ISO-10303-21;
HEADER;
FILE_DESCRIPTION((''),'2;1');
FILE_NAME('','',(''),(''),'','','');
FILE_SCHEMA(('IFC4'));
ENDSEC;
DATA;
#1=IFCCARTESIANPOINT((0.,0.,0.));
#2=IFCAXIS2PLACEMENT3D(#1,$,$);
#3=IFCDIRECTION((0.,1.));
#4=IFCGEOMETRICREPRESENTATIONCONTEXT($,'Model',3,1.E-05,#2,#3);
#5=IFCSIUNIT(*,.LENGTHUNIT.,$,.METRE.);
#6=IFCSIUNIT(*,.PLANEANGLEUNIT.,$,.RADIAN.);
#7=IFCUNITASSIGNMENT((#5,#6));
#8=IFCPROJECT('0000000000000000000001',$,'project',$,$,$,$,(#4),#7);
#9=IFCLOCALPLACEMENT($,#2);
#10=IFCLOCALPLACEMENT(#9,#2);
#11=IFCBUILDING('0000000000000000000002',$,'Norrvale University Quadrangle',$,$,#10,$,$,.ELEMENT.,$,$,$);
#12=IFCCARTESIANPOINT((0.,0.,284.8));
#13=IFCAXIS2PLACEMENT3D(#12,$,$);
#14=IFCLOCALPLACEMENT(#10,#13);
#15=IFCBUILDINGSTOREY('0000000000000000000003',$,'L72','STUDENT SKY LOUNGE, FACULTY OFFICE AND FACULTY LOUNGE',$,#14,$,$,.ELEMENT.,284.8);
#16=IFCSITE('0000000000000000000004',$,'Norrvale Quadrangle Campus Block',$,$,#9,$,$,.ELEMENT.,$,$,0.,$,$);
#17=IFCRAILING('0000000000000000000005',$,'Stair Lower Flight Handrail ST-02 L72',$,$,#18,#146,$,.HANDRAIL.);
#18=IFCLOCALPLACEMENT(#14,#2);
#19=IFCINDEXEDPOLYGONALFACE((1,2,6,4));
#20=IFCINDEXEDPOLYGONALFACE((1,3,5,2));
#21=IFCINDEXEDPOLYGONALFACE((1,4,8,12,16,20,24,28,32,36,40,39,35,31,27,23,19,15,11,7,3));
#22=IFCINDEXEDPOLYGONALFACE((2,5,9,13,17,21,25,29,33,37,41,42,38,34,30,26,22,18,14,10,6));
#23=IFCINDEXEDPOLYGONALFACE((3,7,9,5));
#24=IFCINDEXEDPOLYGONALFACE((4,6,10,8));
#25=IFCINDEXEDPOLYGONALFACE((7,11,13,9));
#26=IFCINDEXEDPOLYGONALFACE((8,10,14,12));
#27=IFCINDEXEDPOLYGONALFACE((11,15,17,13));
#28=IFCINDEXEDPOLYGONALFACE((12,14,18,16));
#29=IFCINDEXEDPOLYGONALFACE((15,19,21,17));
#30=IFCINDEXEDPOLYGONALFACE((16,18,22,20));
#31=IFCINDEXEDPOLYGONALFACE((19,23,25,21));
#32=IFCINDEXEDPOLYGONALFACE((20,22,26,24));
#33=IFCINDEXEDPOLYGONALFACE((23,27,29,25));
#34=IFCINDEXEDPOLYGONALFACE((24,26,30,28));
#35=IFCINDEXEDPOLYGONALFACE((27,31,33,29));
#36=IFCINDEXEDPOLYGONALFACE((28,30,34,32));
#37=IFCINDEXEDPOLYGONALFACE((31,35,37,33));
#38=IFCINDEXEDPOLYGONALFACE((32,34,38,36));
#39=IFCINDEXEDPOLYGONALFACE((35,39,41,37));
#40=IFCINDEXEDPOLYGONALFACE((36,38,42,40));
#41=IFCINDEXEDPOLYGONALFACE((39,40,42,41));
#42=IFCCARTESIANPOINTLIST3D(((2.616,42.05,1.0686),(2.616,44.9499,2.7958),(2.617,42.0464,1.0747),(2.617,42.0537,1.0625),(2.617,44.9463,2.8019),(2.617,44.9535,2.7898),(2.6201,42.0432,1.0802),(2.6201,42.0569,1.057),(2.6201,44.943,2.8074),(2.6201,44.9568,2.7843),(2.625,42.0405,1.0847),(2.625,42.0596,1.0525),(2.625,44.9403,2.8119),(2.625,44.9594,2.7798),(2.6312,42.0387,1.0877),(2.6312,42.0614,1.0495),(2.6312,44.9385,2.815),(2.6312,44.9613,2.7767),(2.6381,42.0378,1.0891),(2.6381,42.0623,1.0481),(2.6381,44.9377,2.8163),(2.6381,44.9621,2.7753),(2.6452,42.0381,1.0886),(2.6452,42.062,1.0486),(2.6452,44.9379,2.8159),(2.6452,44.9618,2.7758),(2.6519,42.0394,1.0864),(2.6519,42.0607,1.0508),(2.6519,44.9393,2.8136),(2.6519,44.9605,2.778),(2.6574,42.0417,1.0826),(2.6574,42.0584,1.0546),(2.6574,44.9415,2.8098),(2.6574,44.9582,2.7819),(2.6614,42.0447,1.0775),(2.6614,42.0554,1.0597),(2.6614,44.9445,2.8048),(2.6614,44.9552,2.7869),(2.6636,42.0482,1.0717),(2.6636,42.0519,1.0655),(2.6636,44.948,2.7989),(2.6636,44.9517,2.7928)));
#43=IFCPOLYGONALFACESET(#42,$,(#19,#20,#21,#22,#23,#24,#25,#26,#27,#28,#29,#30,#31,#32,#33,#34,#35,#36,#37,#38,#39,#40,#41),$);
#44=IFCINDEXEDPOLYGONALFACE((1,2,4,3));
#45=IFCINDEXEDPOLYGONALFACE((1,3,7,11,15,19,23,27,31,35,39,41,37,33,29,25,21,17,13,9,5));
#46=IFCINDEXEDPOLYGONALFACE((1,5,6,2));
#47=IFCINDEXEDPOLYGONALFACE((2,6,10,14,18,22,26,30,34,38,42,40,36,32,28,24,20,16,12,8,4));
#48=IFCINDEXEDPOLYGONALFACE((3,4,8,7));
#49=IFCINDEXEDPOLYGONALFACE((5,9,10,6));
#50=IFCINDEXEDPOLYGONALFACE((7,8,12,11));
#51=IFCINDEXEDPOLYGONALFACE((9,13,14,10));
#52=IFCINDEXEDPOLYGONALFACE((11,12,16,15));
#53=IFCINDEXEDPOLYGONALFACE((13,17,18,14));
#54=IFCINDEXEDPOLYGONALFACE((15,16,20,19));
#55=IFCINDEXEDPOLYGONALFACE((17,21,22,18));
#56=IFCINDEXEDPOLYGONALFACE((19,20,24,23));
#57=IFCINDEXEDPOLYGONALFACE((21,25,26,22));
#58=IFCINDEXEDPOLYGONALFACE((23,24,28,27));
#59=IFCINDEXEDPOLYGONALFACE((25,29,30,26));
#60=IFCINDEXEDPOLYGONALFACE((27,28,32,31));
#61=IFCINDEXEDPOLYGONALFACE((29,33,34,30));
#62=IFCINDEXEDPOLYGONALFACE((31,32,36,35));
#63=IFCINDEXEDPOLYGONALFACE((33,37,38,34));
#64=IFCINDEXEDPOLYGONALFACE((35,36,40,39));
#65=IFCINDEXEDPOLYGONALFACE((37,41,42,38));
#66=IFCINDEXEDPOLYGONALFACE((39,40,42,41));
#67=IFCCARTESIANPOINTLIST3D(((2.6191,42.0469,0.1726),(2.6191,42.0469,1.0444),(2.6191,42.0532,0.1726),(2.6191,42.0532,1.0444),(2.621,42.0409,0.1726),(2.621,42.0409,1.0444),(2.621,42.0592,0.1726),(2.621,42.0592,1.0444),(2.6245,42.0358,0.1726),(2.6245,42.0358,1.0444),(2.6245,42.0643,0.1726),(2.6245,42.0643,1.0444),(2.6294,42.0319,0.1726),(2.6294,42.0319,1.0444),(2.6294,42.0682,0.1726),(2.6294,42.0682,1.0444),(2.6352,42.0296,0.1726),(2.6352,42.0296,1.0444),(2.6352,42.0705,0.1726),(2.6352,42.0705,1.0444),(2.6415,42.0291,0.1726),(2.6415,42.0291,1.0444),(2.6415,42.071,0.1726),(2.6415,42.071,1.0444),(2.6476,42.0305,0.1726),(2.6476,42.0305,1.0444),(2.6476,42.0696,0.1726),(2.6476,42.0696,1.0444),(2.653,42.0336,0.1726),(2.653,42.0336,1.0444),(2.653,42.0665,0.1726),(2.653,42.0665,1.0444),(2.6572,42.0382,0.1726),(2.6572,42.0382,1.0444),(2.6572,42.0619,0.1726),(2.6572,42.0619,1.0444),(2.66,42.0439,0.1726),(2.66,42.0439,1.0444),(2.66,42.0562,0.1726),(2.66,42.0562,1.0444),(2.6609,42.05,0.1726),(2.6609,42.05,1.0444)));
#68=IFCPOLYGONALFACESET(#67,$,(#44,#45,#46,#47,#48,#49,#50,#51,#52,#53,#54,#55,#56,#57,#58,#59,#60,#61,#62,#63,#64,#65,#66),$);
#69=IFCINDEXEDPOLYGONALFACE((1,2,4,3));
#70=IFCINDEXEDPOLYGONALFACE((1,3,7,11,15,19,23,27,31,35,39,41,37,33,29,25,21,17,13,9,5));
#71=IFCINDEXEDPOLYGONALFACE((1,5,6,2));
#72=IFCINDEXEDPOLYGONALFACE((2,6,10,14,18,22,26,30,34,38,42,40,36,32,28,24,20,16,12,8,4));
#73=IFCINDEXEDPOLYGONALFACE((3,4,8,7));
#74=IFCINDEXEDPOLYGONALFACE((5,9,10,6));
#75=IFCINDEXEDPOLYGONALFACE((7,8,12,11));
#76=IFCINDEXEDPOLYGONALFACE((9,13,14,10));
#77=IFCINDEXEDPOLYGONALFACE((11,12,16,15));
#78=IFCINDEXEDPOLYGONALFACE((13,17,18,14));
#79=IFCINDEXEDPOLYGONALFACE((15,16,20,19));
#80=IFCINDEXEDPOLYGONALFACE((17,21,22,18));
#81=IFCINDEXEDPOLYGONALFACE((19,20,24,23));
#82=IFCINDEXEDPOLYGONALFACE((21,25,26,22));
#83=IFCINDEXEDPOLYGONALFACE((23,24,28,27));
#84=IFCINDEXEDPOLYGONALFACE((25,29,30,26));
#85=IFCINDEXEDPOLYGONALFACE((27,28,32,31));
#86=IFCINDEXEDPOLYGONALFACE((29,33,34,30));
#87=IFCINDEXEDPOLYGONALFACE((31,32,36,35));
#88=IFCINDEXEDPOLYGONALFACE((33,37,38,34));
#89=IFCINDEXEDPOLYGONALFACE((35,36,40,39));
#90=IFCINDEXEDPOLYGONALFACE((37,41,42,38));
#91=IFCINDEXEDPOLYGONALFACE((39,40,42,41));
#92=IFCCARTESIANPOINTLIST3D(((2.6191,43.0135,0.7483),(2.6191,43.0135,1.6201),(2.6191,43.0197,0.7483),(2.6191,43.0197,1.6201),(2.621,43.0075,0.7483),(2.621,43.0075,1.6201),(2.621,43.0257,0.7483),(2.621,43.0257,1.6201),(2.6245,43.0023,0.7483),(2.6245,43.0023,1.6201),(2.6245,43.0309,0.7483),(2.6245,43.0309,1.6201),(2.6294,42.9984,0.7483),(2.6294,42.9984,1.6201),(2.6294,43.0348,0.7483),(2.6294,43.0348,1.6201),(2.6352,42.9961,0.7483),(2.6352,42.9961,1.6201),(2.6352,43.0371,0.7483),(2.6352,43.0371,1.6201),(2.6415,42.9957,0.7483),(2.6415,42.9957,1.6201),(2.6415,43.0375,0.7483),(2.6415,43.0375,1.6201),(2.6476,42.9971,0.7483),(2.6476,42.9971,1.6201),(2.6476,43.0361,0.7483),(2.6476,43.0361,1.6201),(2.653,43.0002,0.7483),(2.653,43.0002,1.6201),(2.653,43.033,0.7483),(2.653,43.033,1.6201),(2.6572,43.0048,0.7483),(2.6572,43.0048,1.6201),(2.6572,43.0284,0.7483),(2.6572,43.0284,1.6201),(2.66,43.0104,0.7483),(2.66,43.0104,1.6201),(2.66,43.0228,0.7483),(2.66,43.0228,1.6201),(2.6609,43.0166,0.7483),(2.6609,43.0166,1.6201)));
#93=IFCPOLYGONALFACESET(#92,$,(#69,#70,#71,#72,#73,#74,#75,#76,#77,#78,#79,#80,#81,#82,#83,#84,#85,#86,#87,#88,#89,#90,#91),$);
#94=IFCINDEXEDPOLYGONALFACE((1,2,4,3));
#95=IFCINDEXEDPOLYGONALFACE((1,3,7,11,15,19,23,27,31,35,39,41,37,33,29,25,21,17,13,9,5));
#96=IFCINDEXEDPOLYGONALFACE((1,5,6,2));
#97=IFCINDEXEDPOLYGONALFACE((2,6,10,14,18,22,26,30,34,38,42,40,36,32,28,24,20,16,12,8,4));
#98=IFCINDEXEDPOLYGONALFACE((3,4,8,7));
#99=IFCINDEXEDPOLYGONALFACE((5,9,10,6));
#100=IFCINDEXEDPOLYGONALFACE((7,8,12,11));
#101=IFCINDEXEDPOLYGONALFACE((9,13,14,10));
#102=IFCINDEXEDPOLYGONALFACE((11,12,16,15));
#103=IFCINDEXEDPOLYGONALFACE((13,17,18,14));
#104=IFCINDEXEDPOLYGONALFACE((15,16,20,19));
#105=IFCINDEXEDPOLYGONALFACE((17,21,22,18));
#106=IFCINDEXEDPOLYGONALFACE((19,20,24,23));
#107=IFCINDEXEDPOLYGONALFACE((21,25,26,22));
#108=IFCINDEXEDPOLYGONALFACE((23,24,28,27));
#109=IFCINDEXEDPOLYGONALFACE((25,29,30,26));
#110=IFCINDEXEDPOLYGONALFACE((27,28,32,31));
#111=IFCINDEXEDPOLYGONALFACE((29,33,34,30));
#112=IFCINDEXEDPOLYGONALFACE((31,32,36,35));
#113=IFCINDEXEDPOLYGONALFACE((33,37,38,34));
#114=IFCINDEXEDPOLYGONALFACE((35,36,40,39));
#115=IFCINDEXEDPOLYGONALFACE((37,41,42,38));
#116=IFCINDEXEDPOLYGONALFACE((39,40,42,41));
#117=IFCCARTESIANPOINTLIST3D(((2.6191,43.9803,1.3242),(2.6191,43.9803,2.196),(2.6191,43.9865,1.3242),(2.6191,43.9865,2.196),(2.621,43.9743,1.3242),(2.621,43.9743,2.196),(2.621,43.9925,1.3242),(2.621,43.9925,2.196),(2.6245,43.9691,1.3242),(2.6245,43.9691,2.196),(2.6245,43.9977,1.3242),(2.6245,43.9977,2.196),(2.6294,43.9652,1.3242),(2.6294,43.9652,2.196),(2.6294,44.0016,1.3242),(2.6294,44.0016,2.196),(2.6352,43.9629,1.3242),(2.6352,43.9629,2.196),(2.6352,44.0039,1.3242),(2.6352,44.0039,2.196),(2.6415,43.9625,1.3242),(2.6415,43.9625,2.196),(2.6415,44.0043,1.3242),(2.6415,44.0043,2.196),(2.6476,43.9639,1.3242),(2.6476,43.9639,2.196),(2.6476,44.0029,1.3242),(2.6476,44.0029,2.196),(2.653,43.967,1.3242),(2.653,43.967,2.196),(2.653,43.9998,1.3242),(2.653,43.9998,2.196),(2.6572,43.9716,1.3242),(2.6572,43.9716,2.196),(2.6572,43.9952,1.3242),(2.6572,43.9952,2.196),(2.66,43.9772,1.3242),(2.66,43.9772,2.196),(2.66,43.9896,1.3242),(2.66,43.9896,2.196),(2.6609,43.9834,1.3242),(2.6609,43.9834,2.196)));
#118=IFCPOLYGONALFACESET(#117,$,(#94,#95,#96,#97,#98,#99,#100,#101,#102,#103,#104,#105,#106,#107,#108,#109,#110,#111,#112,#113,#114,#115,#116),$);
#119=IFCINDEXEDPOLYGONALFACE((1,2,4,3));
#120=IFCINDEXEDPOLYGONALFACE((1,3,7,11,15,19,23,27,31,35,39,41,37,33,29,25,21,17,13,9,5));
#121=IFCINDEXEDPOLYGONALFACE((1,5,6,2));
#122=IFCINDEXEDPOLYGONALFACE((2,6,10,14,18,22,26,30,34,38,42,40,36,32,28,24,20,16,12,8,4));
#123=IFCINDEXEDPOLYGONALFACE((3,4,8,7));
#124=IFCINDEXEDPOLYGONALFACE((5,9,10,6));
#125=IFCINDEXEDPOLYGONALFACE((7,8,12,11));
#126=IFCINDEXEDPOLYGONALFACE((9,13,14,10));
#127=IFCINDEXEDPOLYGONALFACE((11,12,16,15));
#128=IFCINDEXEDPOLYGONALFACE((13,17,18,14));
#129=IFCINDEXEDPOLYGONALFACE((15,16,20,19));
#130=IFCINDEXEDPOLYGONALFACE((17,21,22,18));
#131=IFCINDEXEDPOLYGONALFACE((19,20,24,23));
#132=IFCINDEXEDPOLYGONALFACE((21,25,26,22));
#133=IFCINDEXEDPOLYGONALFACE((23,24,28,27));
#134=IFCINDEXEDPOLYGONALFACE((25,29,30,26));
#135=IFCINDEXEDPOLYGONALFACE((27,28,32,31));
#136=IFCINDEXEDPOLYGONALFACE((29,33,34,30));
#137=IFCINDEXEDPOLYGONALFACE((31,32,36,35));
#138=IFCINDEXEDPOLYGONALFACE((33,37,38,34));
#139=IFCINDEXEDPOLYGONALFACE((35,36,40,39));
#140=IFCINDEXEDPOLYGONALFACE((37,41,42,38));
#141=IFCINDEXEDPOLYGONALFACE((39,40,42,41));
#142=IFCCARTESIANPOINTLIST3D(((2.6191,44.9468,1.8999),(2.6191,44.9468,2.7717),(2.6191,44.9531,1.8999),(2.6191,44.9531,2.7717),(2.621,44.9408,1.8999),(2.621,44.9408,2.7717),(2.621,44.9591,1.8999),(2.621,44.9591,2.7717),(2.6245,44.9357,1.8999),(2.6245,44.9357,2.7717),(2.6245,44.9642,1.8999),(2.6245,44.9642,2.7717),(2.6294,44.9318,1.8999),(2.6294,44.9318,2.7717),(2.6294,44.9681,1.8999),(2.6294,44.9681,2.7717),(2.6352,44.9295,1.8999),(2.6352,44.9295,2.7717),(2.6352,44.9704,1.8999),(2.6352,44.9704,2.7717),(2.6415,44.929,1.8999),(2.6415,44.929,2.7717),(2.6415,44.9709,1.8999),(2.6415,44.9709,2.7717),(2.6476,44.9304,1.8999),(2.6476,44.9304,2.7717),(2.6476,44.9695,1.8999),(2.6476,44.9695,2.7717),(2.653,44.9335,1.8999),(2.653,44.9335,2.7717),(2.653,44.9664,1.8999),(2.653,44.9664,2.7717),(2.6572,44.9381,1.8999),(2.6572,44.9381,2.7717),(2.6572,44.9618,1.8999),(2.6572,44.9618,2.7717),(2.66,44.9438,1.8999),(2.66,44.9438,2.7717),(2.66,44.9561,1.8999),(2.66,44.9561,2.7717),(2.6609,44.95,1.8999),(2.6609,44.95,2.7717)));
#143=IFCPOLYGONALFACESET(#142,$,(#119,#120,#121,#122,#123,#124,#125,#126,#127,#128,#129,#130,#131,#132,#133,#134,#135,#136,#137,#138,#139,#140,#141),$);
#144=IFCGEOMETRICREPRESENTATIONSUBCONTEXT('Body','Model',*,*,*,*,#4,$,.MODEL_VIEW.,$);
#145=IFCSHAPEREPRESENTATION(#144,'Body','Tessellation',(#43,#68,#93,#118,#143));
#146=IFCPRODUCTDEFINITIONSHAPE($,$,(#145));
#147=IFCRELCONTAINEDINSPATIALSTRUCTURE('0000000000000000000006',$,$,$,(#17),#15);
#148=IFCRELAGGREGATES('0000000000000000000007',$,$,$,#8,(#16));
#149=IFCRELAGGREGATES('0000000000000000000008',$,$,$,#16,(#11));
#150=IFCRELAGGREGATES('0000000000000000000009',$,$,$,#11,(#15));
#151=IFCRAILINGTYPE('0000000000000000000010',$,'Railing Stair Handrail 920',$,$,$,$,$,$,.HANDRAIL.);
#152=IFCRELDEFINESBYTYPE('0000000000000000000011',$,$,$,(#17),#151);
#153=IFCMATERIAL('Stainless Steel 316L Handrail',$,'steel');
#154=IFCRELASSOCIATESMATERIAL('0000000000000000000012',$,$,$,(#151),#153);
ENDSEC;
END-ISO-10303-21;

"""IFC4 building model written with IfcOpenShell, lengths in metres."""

from ifc_helpers import new_model, si_unit, direction, frame, origin, origin_2d, place, context, subcontext, project, spatial, circle, extrude, material, type_object, element, save


model = new_model("IFC4")

# Units and contexts
model_context = context("Model", 3, precision=1e-05, world=origin(), true_north=direction((0.0, 1.0)))
body_context = subcontext(model_context, "Body", "Model", "MODEL_VIEW")
ifc_project = project(units=[si_unit("LENGTHUNIT", "METRE"), si_unit("PLANEANGLEUNIT", "RADIAN")], contexts=[model_context])

# Site, building, storey
site_placement = place(None, origin())
site = spatial("IfcSite", under=ifc_project, at=site_placement, Name="Norrvale Quadrangle Campus Block", CompositionType="ELEMENT", RefElevation=0.0)
building_placement = place(site_placement, origin())
building = spatial("IfcBuilding", under=site, at=building_placement, Name="Norrvale University Quadrangle", CompositionType="ELEMENT")
storey_placement = place(building_placement, frame((0.0, 0.0, 284.8)))
storey = spatial("IfcBuildingStorey", under=building, at=storey_placement, Name="L72", Description="STUDENT SKY LOUNGE, FACULTY OFFICE AND FACULTY LOUNGE", CompositionType="ELEMENT", Elevation=284.8)

# Railing
ifc_material_1 = material(Name="Stainless Steel 316L Handrail", Category="steel")
railing_type_1 = type_object("IfcRailingType", Name="Railing Stair Handrail 920", PredefinedType="HANDRAIL", material=ifc_material_1)
railing_1_placement = place(storey_placement, frame((2.6399, 42.05, 0.1726)))
element("IfcRailing", 1, at=railing_1_placement, inside=storey, type_object=railing_type_1, Name="Stair Lower Flight Handrail ST-02 L72", PredefinedType="HANDRAIL", context=body_context, shape_type="SweptSolid", body=[
    extrude(circle(Radius=0.0239, at=origin_2d()), frame((0.0, 0.0, 0.896), z_axis=(0.0, 0.859141, 0.511738), x_axis=(-1.0, 0.0, 0.0)), (0.0, 0.0, 1.0), 3.3752),
    extrude(circle(Radius=0.021, at=origin_2d()), origin(), (0.0, 0.0, 1.0), 0.8718),
    extrude(circle(Radius=0.021, at=origin_2d()), frame((0.0, 0.9666, 0.5757)), (0.0, 0.0, 1.0), 0.8718),
    extrude(circle(Radius=0.021, at=origin_2d()), frame((0.0, 1.9333, 1.1516)), (0.0, 0.0, 1.0), 0.8718),
    extrude(circle(Radius=0.021, at=origin_2d()), frame((0.0, 2.8999, 1.7273)), (0.0, 0.0, 1.0), 0.8718),
])

save(model, "model.ifc")
